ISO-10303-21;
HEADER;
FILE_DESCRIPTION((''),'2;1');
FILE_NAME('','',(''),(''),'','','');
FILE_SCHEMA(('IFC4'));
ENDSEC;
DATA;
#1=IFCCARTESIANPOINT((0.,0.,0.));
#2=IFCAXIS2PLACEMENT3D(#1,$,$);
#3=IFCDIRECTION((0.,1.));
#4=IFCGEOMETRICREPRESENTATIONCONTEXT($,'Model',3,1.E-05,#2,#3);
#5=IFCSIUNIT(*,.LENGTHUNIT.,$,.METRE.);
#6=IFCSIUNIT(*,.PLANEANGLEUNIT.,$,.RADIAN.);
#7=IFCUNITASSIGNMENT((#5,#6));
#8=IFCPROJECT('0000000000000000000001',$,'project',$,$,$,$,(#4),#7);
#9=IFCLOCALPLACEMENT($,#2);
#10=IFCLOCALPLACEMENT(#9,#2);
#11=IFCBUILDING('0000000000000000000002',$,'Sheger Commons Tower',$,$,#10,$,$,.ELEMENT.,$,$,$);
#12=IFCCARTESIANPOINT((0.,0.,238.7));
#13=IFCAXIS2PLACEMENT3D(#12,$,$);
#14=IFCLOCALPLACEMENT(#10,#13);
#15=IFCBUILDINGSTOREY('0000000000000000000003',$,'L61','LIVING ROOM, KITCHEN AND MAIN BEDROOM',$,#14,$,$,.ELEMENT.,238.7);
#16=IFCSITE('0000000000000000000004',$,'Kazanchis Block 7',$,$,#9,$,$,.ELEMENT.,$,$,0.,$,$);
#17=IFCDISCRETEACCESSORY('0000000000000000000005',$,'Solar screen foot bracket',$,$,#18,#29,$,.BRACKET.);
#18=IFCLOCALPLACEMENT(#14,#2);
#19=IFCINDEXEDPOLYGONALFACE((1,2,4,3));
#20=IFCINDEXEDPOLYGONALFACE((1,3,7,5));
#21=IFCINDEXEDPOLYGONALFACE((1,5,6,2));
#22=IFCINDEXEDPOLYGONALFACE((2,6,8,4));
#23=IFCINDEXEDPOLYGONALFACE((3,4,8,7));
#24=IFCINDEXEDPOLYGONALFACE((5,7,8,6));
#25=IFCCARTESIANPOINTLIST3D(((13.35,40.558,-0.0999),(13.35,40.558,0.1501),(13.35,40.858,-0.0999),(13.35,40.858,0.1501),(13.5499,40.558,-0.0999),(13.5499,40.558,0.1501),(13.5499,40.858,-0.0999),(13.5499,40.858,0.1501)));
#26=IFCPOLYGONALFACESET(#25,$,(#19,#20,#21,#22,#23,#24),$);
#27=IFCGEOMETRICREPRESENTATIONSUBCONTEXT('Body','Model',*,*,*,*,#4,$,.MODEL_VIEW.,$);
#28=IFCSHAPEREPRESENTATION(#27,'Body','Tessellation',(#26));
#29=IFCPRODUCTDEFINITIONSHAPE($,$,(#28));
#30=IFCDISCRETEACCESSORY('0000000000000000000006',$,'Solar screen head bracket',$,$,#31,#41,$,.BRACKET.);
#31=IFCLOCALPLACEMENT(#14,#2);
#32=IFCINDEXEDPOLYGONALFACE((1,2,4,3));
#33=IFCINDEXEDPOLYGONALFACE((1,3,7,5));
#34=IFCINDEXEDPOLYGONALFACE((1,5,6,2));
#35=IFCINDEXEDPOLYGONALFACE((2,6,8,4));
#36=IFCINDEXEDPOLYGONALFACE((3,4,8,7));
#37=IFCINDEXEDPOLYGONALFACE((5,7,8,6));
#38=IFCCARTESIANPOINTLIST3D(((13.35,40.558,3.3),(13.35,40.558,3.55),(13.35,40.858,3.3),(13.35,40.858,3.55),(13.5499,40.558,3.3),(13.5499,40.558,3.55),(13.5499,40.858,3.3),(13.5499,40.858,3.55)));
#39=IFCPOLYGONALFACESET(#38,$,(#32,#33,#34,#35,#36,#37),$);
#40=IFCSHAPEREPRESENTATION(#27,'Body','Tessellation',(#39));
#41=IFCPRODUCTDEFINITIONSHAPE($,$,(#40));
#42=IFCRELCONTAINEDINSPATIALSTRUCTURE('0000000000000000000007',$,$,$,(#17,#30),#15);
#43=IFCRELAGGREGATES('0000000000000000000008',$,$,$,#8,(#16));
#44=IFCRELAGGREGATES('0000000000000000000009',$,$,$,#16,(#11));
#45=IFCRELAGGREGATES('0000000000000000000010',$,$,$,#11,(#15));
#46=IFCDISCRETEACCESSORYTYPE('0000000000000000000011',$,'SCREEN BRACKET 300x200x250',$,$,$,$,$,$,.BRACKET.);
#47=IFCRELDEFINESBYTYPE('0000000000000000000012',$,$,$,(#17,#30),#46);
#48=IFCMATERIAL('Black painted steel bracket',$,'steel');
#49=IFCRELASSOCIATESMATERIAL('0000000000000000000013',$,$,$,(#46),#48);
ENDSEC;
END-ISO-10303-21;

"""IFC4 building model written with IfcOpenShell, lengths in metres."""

from ifc_helpers import new_model, si_unit, direction, frame, origin, origin_2d, place, context, subcontext, project, spatial, rectangle, extrude, material, type_object, element, save


model = new_model("IFC4")

# Units and contexts
model_context = context("Model", 3, precision=1e-05, world=origin(), true_north=direction((0.0, 1.0)))
body_context = subcontext(model_context, "Body", "Model", "MODEL_VIEW")
ifc_project = project(units=[si_unit("LENGTHUNIT", "METRE"), si_unit("PLANEANGLEUNIT", "RADIAN")], contexts=[model_context])

# Site, building, storey
site_placement = place(None, origin())
site = spatial("IfcSite", under=ifc_project, at=site_placement, Name="Kazanchis Block 7", CompositionType="ELEMENT", RefElevation=0.0)
building_placement = place(site_placement, origin())
building = spatial("IfcBuilding", under=site, at=building_placement, Name="Sheger Commons Tower", CompositionType="ELEMENT")
storey_placement = place(building_placement, frame((0.0, 0.0, 238.7)))
storey = spatial("IfcBuildingStorey", under=building, at=storey_placement, Name="L61", Description="LIVING ROOM, KITCHEN AND MAIN BEDROOM", CompositionType="ELEMENT", Elevation=238.7)

# Discrete accessories
ifc_material_1 = material(Name="Black painted steel bracket", Category="steel")
discrete_accessory_type = type_object("IfcDiscreteAccessoryType", Name="SCREEN BRACKET 300x200x250", PredefinedType="BRACKET", material=ifc_material_1)
for number, where, z_axis, x_axis, name in (
    (1, (13.45, 40.708, -0.0999), (0.0, 0.0, 1.0), (0.0, -1.0, 0.0), "Solar screen foot bracket"),
    (2, (13.45, 40.708, 3.3), (0.0, 0.0, 1.0), (0.0, -1.0, 0.0), "Solar screen head bracket"),
):
    element("IfcDiscreteAccessory", number, at=place(storey_placement, frame(where, z_axis=z_axis, x_axis=x_axis)), inside=storey, type_object=discrete_accessory_type, Name=name, PredefinedType="BRACKET", context=body_context, shape_type="SweptSolid", body=[
        extrude(rectangle(XDim=0.3, YDim=0.2, at=origin_2d()), origin(), (0.0, 0.0, 1.0), 0.25),
    ])

save(model, "model.ifc")
